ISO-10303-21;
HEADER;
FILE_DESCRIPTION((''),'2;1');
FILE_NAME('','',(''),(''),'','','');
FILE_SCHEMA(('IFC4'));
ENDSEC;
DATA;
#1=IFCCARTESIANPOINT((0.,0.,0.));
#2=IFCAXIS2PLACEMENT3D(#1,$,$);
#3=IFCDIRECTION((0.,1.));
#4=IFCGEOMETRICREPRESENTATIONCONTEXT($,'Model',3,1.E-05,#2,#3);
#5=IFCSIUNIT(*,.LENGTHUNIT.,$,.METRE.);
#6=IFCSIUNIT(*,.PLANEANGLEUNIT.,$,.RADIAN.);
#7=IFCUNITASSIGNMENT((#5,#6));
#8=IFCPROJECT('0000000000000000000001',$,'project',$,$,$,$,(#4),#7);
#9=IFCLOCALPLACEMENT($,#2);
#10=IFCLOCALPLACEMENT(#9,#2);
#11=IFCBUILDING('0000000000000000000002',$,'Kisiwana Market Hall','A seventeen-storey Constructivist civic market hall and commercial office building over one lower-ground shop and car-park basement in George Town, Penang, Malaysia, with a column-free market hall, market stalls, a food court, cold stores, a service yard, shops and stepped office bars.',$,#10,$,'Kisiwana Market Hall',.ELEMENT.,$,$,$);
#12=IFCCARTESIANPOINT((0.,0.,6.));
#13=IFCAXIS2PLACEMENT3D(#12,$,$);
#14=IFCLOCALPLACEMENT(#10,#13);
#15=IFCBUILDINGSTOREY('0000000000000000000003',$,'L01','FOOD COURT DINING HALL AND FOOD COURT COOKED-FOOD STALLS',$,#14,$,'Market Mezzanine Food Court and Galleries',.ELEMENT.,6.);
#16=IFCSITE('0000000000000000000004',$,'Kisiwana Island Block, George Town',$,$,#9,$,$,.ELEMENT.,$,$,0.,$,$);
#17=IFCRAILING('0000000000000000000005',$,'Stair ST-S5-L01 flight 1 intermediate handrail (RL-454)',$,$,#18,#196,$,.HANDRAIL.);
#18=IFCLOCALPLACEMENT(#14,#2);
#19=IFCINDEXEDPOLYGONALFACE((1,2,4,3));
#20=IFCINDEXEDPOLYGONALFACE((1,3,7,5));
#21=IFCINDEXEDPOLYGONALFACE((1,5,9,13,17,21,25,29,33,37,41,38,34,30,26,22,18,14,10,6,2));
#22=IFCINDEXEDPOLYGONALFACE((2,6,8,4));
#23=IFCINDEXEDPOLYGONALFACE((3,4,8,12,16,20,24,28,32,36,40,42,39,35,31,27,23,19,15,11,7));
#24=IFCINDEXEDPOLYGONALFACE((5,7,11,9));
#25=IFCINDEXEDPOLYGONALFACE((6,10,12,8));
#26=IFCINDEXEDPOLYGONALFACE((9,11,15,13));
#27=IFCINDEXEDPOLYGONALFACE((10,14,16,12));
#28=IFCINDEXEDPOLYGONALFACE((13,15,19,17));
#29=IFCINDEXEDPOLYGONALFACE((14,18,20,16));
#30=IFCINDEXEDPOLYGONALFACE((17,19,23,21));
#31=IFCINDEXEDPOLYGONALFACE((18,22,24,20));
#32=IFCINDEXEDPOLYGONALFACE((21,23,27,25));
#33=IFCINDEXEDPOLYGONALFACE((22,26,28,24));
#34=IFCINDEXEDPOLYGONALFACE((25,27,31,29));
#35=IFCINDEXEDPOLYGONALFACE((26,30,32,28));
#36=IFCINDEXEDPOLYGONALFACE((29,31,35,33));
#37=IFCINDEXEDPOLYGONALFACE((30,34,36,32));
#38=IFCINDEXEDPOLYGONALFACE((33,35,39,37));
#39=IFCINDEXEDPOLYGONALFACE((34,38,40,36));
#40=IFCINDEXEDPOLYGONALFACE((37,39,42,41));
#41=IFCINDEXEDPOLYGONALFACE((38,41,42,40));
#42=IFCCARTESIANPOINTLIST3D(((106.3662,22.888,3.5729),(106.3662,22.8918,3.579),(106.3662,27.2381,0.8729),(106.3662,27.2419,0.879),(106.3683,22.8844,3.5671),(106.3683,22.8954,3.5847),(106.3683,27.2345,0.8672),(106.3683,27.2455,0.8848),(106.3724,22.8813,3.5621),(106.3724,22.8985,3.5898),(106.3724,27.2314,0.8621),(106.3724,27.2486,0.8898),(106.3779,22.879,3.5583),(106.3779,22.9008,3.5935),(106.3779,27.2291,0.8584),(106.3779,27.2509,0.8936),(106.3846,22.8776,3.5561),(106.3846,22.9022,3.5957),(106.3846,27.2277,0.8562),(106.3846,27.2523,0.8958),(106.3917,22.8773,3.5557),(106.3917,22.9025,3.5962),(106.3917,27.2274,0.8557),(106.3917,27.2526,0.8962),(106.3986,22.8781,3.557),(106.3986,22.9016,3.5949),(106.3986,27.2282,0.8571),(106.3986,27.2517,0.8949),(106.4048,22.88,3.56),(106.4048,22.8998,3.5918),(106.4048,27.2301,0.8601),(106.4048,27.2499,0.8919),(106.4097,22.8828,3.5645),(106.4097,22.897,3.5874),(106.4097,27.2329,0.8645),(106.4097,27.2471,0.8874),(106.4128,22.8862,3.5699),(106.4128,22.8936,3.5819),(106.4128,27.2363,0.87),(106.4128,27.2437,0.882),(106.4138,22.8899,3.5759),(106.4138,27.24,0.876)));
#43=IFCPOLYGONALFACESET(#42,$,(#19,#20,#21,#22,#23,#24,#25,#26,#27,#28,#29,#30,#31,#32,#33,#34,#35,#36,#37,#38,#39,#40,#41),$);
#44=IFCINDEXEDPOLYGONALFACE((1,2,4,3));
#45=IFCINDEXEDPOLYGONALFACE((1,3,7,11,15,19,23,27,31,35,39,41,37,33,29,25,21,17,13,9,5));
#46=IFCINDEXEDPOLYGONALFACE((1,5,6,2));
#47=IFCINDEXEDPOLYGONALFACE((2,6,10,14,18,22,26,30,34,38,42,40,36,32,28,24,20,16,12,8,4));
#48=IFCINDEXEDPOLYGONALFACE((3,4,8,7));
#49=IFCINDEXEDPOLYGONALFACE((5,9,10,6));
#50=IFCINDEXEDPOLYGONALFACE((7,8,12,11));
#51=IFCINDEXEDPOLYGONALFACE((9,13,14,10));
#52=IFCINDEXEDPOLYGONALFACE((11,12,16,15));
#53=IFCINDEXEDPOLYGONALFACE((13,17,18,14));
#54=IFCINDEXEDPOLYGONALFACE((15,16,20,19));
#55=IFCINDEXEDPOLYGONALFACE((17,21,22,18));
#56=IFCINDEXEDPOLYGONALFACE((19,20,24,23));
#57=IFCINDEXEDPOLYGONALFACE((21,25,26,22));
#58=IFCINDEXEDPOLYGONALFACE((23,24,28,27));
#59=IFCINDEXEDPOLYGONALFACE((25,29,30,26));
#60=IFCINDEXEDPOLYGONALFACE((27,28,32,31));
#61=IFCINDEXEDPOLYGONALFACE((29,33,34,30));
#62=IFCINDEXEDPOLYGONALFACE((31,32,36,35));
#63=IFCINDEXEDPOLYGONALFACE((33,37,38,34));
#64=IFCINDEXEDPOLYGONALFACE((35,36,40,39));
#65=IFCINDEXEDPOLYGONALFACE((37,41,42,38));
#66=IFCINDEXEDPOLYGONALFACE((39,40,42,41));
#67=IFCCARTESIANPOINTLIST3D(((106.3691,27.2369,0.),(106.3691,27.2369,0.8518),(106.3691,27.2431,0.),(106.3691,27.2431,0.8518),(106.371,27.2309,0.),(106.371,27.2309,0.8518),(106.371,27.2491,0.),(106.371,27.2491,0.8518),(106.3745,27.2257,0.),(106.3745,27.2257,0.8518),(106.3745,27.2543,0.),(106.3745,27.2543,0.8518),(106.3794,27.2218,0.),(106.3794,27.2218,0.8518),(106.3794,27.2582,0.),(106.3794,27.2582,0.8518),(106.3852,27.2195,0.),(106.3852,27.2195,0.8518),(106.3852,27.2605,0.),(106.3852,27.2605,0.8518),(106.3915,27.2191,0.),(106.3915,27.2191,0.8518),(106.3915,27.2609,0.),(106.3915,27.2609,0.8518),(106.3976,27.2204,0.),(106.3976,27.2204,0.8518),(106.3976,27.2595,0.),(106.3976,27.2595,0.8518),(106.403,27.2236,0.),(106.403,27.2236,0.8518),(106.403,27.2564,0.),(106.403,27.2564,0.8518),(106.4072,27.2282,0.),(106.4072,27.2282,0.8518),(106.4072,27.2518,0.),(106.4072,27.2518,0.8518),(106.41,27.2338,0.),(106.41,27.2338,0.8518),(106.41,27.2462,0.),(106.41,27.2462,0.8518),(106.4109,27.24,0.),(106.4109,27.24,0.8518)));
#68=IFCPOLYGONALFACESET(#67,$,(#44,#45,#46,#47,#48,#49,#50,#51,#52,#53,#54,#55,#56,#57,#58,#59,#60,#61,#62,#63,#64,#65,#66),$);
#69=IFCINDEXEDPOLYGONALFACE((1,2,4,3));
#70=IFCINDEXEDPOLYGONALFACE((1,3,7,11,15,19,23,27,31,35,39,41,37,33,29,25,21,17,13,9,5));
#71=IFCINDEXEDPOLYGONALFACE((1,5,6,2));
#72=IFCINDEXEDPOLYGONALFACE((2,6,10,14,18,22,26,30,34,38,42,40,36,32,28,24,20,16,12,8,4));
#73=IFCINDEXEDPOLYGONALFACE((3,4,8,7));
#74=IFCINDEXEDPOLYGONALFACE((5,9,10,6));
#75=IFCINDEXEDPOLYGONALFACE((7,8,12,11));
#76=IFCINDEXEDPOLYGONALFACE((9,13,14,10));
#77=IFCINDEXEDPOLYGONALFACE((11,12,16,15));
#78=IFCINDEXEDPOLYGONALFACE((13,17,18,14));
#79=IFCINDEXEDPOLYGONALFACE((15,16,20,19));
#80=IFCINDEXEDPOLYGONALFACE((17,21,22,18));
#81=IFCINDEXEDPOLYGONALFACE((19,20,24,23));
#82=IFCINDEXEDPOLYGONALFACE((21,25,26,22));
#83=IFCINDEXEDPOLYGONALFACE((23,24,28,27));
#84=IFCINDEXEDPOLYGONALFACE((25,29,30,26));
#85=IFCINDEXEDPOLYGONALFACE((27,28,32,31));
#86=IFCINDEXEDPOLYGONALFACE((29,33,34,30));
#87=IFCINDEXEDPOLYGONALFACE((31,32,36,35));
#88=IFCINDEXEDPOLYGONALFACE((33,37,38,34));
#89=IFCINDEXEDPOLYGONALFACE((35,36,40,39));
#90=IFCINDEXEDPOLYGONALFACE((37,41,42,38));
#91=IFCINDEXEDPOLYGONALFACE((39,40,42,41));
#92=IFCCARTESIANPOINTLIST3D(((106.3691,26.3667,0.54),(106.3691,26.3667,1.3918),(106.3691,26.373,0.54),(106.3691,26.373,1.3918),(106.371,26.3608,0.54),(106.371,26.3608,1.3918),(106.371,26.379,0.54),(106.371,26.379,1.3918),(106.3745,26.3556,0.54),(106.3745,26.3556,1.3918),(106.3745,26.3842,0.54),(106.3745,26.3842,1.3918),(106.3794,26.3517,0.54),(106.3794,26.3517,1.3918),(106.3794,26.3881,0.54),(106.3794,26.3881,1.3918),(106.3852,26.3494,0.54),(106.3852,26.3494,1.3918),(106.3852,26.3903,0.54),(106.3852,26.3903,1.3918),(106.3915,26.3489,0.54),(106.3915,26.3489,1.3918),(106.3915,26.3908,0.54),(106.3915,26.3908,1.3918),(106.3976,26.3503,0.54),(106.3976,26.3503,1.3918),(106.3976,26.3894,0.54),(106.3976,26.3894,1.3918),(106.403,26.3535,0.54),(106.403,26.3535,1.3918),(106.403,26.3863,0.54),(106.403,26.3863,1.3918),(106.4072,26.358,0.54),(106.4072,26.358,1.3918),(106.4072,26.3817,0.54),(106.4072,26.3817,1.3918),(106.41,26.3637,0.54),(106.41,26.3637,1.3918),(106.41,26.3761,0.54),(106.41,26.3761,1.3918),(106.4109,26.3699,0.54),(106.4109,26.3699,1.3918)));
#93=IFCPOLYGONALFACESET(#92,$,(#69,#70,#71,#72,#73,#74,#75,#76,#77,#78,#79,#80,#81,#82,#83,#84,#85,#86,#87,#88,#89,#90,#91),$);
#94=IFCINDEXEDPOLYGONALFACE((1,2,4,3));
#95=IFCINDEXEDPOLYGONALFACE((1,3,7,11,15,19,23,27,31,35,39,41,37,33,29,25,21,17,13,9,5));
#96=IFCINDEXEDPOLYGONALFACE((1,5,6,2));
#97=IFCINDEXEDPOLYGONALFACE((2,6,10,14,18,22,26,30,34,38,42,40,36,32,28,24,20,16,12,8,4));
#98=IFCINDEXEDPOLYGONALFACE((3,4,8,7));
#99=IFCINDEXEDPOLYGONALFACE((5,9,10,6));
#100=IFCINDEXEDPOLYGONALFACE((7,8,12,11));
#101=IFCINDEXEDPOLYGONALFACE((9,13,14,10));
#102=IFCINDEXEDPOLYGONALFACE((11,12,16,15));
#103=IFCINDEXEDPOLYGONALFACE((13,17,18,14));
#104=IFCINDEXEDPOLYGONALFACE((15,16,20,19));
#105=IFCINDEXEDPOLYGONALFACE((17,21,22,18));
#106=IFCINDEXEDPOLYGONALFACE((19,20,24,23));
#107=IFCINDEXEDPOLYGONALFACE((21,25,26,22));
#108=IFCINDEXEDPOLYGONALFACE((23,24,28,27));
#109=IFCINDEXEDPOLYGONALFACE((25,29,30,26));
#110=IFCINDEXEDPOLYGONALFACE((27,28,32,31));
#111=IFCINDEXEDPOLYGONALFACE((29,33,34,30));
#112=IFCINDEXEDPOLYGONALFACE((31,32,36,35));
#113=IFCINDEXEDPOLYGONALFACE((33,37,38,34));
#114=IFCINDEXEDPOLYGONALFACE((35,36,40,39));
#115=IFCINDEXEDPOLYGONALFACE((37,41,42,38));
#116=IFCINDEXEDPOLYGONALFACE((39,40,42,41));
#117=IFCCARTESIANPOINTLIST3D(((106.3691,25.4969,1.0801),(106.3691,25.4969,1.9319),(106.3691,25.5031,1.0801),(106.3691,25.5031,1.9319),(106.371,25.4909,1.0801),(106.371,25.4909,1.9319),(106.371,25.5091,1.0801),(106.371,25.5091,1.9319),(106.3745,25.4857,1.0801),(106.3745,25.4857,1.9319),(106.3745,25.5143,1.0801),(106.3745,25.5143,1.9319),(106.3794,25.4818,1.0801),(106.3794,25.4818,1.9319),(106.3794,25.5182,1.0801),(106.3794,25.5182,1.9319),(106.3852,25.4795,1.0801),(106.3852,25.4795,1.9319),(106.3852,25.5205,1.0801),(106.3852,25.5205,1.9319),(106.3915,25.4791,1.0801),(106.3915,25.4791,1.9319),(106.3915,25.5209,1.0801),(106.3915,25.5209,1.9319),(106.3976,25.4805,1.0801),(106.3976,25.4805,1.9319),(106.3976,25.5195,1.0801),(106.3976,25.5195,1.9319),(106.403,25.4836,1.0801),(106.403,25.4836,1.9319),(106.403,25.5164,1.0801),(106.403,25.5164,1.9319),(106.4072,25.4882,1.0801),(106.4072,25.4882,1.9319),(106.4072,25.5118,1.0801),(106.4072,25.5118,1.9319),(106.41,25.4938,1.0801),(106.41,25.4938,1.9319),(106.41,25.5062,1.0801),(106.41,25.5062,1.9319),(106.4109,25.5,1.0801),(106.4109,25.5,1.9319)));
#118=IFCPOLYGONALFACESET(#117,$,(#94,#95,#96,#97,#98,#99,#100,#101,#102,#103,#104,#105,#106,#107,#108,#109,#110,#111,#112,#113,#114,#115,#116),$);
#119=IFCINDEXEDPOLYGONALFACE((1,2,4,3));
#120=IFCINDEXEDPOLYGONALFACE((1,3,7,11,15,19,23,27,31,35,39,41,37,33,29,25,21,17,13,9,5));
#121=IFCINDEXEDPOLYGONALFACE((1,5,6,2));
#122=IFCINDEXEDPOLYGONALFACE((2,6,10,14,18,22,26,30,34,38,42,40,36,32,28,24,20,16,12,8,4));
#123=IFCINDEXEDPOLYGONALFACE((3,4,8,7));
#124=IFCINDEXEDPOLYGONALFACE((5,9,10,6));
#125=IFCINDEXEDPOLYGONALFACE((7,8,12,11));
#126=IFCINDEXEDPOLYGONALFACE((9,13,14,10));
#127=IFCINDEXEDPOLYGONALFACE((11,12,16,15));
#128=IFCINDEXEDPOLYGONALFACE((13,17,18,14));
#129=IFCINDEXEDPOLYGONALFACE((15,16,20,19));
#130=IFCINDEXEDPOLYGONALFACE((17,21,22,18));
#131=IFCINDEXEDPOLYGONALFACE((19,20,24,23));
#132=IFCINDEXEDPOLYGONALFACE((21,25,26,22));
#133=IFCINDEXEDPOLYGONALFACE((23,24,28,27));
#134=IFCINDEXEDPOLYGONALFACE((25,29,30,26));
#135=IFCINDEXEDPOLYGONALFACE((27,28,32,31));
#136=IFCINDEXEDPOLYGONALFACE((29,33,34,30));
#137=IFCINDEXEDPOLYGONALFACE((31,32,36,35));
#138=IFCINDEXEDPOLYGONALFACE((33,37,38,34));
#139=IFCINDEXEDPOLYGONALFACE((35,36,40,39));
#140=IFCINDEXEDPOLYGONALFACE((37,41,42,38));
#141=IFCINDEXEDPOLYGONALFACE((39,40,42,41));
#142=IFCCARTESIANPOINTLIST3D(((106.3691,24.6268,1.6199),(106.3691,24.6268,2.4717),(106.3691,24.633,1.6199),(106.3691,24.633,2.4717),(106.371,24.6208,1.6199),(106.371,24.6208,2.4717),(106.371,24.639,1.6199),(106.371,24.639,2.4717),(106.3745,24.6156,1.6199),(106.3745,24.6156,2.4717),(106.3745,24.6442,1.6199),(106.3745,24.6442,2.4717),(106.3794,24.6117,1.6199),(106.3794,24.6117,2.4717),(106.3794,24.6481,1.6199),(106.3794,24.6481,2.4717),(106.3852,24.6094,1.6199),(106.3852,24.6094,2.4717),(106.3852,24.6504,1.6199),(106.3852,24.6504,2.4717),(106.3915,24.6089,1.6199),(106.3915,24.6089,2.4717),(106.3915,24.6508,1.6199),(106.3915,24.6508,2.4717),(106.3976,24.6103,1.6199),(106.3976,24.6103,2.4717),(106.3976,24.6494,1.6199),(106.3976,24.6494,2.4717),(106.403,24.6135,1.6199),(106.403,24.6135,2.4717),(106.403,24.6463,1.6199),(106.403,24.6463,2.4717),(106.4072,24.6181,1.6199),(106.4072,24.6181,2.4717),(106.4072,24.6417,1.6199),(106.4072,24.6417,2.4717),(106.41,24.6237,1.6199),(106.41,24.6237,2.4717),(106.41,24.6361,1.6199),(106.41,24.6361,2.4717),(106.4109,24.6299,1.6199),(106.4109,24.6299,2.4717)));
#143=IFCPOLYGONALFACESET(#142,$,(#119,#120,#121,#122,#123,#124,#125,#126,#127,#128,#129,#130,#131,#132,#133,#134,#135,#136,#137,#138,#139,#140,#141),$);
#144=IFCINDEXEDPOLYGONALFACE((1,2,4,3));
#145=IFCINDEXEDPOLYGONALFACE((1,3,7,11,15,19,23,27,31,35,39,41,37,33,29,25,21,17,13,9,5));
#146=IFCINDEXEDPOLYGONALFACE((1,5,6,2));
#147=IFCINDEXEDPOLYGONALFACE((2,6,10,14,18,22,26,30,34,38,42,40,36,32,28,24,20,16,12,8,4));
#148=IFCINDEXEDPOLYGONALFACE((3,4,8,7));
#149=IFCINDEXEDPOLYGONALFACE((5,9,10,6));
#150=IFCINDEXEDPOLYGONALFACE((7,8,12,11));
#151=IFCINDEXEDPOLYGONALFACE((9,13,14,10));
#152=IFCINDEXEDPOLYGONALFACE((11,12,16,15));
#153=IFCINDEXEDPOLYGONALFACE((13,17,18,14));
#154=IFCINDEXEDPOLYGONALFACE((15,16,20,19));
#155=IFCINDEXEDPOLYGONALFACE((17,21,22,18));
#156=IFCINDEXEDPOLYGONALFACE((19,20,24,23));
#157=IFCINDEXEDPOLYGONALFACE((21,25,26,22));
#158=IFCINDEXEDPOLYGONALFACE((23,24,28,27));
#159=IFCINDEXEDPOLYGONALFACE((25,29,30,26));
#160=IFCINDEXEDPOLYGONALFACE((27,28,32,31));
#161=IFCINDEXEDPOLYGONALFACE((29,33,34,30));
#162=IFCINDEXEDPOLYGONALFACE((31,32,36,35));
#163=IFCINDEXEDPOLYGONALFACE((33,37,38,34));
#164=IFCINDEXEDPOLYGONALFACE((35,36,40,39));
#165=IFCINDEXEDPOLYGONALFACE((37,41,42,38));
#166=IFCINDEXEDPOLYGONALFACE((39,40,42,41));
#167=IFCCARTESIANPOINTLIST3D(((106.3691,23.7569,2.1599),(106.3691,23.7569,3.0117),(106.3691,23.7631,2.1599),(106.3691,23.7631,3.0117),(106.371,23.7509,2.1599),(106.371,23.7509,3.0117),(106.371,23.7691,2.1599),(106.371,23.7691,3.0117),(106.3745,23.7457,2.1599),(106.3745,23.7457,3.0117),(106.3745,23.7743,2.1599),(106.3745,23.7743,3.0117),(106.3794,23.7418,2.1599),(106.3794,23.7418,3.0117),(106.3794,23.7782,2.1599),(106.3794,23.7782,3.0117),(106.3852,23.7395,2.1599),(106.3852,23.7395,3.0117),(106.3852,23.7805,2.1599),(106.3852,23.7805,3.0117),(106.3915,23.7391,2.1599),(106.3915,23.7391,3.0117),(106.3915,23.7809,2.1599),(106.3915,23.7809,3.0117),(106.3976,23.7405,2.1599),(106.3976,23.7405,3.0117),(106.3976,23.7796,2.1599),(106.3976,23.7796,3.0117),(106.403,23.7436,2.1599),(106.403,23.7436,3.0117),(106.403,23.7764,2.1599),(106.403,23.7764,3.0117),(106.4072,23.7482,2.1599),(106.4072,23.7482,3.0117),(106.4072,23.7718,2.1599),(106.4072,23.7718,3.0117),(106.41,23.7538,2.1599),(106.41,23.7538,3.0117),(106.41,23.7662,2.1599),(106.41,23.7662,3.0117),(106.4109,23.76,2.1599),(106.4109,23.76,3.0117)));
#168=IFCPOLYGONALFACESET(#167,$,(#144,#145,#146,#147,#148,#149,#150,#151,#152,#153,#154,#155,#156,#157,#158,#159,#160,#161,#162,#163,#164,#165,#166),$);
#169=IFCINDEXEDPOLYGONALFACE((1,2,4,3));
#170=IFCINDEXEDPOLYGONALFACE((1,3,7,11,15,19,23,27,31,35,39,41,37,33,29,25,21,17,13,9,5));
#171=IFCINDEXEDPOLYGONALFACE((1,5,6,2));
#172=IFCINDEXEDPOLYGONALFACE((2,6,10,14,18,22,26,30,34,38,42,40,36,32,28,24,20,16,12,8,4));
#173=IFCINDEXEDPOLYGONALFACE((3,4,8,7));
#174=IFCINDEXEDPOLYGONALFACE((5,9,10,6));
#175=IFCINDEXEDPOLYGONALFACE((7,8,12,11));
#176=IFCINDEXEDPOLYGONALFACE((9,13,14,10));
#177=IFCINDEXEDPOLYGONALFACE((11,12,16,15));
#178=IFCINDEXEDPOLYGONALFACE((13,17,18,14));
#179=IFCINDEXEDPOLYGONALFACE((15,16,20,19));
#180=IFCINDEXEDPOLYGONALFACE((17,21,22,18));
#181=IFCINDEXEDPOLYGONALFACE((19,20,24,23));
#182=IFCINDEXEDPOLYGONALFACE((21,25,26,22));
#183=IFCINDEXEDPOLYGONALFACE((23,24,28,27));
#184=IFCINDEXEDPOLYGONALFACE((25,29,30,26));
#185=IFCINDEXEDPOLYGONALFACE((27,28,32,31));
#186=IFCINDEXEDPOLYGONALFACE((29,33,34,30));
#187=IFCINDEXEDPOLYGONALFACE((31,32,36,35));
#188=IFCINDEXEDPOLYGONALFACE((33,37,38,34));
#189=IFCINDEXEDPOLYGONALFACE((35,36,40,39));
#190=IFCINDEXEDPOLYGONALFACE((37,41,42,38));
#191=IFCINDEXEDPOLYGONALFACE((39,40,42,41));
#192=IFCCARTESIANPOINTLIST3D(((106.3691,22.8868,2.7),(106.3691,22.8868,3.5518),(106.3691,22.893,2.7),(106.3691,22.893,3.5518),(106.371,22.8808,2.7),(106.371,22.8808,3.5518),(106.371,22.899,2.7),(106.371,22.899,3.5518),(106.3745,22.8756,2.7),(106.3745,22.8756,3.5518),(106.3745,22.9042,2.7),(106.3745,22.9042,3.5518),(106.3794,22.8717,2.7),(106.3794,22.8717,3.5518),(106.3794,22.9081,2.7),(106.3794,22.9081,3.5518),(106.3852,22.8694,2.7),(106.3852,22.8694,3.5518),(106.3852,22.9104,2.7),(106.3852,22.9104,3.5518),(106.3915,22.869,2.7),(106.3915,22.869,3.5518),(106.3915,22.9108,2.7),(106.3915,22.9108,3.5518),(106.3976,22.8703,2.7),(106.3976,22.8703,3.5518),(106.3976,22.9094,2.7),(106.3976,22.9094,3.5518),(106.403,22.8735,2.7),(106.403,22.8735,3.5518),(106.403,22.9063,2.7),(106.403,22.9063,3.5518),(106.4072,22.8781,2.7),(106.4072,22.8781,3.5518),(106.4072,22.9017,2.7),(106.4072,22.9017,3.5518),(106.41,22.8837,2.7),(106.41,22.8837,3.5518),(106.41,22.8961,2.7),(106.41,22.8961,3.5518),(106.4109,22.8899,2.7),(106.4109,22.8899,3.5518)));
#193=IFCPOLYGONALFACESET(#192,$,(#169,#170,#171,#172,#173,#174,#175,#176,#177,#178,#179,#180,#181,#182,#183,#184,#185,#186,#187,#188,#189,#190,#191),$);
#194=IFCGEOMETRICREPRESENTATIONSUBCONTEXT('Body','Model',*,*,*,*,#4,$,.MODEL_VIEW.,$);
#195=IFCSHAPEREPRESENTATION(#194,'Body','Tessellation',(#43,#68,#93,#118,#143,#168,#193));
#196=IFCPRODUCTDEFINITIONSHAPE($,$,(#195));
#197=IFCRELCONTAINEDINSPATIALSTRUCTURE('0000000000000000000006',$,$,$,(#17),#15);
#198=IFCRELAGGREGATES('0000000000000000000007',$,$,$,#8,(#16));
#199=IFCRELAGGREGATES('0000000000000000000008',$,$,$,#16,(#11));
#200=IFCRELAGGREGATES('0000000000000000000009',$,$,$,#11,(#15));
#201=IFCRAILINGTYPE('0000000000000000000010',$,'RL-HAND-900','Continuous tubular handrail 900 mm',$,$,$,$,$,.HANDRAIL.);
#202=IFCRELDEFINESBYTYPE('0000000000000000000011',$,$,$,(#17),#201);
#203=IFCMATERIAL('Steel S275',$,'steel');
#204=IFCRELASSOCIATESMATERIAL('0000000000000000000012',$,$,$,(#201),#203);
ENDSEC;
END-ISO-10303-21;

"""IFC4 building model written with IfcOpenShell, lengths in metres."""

from ifc_helpers import new_model, si_unit, direction, frame, origin, origin_2d, place, context, subcontext, project, spatial, circle, extrude, material, type_object, element, save


model = new_model("IFC4")

# Units and contexts
model_context = context("Model", 3, precision=1e-05, world=origin(), true_north=direction((0.0, 1.0)))
body_context = subcontext(model_context, "Body", "Model", "MODEL_VIEW")
ifc_project = project(units=[si_unit("LENGTHUNIT", "METRE"), si_unit("PLANEANGLEUNIT", "RADIAN")], contexts=[model_context])

# Site, building, storey
site_placement = place(None, origin())
site = spatial("IfcSite", under=ifc_project, at=site_placement, Name="Kisiwana Island Block, George Town", CompositionType="ELEMENT", RefElevation=0.0)
building_placement = place(site_placement, origin())
building = spatial("IfcBuilding", under=site, at=building_placement, Name="Kisiwana Market Hall", Description="A seventeen-storey Constructivist civic market hall and commercial office building over one lower-ground shop and car-park basement in George Town, Penang, Malaysia, with a column-free market hall, market stalls, a food court, cold stores, a service yard, shops and stepped office bars.", LongName="Kisiwana Market Hall", CompositionType="ELEMENT")
storey_placement = place(building_placement, frame((0.0, 0.0, 6.0)))
storey = spatial("IfcBuildingStorey", under=building, at=storey_placement, Name="L01", Description="FOOD COURT DINING HALL AND FOOD COURT COOKED-FOOD STALLS", LongName="Market Mezzanine Food Court and Galleries", CompositionType="ELEMENT", Elevation=6.0)

# Railing
ifc_material_1 = material(Name="Steel S275", Category="steel")
railing_type_1 = type_object("IfcRailingType", Name="RL-HAND-900", Description="Continuous tubular handrail 900 mm", PredefinedType="HANDRAIL", material=ifc_material_1)
railing_1_placement = place(storey_placement, frame((106.3899, 27.24, 0.0)))
element("IfcRailing", 1, at=railing_1_placement, inside=storey, type_object=railing_type_1, Name="Stair ST-S5-L01 flight 1 intermediate handrail (RL-454)", PredefinedType="HANDRAIL", context=body_context, shape_type="SweptSolid", body=[
    extrude(circle(Radius=0.0239, at=origin_2d()), frame((0.0, 0.0, 0.876), z_axis=(0.0, -0.84965, 0.527347), x_axis=(1.0, 0.0, 0.0)), (0.0, 0.0, 1.0), 5.1199),
    extrude(circle(Radius=0.021, at=origin_2d()), origin(), (0.0, 0.0, 1.0), 0.8518),
    extrude(circle(Radius=0.021, at=origin_2d()), frame((0.0, -0.8701, 0.54)), (0.0, 0.0, 1.0), 0.8518),
    extrude(circle(Radius=0.021, at=origin_2d()), frame((0.0, -1.74, 1.0801)), (0.0, 0.0, 1.0), 0.8518),
    extrude(circle(Radius=0.021, at=origin_2d()), frame((0.0, -2.6101, 1.6199)), (0.0, 0.0, 1.0), 0.8518),
    extrude(circle(Radius=0.021, at=origin_2d()), frame((0.0, -3.48, 2.1599)), (0.0, 0.0, 1.0), 0.8518),
    extrude(circle(Radius=0.021, at=origin_2d()), frame((0.0, -4.3501, 2.7)), (0.0, 0.0, 1.0), 0.8518),
])

save(model, "model.ifc")
